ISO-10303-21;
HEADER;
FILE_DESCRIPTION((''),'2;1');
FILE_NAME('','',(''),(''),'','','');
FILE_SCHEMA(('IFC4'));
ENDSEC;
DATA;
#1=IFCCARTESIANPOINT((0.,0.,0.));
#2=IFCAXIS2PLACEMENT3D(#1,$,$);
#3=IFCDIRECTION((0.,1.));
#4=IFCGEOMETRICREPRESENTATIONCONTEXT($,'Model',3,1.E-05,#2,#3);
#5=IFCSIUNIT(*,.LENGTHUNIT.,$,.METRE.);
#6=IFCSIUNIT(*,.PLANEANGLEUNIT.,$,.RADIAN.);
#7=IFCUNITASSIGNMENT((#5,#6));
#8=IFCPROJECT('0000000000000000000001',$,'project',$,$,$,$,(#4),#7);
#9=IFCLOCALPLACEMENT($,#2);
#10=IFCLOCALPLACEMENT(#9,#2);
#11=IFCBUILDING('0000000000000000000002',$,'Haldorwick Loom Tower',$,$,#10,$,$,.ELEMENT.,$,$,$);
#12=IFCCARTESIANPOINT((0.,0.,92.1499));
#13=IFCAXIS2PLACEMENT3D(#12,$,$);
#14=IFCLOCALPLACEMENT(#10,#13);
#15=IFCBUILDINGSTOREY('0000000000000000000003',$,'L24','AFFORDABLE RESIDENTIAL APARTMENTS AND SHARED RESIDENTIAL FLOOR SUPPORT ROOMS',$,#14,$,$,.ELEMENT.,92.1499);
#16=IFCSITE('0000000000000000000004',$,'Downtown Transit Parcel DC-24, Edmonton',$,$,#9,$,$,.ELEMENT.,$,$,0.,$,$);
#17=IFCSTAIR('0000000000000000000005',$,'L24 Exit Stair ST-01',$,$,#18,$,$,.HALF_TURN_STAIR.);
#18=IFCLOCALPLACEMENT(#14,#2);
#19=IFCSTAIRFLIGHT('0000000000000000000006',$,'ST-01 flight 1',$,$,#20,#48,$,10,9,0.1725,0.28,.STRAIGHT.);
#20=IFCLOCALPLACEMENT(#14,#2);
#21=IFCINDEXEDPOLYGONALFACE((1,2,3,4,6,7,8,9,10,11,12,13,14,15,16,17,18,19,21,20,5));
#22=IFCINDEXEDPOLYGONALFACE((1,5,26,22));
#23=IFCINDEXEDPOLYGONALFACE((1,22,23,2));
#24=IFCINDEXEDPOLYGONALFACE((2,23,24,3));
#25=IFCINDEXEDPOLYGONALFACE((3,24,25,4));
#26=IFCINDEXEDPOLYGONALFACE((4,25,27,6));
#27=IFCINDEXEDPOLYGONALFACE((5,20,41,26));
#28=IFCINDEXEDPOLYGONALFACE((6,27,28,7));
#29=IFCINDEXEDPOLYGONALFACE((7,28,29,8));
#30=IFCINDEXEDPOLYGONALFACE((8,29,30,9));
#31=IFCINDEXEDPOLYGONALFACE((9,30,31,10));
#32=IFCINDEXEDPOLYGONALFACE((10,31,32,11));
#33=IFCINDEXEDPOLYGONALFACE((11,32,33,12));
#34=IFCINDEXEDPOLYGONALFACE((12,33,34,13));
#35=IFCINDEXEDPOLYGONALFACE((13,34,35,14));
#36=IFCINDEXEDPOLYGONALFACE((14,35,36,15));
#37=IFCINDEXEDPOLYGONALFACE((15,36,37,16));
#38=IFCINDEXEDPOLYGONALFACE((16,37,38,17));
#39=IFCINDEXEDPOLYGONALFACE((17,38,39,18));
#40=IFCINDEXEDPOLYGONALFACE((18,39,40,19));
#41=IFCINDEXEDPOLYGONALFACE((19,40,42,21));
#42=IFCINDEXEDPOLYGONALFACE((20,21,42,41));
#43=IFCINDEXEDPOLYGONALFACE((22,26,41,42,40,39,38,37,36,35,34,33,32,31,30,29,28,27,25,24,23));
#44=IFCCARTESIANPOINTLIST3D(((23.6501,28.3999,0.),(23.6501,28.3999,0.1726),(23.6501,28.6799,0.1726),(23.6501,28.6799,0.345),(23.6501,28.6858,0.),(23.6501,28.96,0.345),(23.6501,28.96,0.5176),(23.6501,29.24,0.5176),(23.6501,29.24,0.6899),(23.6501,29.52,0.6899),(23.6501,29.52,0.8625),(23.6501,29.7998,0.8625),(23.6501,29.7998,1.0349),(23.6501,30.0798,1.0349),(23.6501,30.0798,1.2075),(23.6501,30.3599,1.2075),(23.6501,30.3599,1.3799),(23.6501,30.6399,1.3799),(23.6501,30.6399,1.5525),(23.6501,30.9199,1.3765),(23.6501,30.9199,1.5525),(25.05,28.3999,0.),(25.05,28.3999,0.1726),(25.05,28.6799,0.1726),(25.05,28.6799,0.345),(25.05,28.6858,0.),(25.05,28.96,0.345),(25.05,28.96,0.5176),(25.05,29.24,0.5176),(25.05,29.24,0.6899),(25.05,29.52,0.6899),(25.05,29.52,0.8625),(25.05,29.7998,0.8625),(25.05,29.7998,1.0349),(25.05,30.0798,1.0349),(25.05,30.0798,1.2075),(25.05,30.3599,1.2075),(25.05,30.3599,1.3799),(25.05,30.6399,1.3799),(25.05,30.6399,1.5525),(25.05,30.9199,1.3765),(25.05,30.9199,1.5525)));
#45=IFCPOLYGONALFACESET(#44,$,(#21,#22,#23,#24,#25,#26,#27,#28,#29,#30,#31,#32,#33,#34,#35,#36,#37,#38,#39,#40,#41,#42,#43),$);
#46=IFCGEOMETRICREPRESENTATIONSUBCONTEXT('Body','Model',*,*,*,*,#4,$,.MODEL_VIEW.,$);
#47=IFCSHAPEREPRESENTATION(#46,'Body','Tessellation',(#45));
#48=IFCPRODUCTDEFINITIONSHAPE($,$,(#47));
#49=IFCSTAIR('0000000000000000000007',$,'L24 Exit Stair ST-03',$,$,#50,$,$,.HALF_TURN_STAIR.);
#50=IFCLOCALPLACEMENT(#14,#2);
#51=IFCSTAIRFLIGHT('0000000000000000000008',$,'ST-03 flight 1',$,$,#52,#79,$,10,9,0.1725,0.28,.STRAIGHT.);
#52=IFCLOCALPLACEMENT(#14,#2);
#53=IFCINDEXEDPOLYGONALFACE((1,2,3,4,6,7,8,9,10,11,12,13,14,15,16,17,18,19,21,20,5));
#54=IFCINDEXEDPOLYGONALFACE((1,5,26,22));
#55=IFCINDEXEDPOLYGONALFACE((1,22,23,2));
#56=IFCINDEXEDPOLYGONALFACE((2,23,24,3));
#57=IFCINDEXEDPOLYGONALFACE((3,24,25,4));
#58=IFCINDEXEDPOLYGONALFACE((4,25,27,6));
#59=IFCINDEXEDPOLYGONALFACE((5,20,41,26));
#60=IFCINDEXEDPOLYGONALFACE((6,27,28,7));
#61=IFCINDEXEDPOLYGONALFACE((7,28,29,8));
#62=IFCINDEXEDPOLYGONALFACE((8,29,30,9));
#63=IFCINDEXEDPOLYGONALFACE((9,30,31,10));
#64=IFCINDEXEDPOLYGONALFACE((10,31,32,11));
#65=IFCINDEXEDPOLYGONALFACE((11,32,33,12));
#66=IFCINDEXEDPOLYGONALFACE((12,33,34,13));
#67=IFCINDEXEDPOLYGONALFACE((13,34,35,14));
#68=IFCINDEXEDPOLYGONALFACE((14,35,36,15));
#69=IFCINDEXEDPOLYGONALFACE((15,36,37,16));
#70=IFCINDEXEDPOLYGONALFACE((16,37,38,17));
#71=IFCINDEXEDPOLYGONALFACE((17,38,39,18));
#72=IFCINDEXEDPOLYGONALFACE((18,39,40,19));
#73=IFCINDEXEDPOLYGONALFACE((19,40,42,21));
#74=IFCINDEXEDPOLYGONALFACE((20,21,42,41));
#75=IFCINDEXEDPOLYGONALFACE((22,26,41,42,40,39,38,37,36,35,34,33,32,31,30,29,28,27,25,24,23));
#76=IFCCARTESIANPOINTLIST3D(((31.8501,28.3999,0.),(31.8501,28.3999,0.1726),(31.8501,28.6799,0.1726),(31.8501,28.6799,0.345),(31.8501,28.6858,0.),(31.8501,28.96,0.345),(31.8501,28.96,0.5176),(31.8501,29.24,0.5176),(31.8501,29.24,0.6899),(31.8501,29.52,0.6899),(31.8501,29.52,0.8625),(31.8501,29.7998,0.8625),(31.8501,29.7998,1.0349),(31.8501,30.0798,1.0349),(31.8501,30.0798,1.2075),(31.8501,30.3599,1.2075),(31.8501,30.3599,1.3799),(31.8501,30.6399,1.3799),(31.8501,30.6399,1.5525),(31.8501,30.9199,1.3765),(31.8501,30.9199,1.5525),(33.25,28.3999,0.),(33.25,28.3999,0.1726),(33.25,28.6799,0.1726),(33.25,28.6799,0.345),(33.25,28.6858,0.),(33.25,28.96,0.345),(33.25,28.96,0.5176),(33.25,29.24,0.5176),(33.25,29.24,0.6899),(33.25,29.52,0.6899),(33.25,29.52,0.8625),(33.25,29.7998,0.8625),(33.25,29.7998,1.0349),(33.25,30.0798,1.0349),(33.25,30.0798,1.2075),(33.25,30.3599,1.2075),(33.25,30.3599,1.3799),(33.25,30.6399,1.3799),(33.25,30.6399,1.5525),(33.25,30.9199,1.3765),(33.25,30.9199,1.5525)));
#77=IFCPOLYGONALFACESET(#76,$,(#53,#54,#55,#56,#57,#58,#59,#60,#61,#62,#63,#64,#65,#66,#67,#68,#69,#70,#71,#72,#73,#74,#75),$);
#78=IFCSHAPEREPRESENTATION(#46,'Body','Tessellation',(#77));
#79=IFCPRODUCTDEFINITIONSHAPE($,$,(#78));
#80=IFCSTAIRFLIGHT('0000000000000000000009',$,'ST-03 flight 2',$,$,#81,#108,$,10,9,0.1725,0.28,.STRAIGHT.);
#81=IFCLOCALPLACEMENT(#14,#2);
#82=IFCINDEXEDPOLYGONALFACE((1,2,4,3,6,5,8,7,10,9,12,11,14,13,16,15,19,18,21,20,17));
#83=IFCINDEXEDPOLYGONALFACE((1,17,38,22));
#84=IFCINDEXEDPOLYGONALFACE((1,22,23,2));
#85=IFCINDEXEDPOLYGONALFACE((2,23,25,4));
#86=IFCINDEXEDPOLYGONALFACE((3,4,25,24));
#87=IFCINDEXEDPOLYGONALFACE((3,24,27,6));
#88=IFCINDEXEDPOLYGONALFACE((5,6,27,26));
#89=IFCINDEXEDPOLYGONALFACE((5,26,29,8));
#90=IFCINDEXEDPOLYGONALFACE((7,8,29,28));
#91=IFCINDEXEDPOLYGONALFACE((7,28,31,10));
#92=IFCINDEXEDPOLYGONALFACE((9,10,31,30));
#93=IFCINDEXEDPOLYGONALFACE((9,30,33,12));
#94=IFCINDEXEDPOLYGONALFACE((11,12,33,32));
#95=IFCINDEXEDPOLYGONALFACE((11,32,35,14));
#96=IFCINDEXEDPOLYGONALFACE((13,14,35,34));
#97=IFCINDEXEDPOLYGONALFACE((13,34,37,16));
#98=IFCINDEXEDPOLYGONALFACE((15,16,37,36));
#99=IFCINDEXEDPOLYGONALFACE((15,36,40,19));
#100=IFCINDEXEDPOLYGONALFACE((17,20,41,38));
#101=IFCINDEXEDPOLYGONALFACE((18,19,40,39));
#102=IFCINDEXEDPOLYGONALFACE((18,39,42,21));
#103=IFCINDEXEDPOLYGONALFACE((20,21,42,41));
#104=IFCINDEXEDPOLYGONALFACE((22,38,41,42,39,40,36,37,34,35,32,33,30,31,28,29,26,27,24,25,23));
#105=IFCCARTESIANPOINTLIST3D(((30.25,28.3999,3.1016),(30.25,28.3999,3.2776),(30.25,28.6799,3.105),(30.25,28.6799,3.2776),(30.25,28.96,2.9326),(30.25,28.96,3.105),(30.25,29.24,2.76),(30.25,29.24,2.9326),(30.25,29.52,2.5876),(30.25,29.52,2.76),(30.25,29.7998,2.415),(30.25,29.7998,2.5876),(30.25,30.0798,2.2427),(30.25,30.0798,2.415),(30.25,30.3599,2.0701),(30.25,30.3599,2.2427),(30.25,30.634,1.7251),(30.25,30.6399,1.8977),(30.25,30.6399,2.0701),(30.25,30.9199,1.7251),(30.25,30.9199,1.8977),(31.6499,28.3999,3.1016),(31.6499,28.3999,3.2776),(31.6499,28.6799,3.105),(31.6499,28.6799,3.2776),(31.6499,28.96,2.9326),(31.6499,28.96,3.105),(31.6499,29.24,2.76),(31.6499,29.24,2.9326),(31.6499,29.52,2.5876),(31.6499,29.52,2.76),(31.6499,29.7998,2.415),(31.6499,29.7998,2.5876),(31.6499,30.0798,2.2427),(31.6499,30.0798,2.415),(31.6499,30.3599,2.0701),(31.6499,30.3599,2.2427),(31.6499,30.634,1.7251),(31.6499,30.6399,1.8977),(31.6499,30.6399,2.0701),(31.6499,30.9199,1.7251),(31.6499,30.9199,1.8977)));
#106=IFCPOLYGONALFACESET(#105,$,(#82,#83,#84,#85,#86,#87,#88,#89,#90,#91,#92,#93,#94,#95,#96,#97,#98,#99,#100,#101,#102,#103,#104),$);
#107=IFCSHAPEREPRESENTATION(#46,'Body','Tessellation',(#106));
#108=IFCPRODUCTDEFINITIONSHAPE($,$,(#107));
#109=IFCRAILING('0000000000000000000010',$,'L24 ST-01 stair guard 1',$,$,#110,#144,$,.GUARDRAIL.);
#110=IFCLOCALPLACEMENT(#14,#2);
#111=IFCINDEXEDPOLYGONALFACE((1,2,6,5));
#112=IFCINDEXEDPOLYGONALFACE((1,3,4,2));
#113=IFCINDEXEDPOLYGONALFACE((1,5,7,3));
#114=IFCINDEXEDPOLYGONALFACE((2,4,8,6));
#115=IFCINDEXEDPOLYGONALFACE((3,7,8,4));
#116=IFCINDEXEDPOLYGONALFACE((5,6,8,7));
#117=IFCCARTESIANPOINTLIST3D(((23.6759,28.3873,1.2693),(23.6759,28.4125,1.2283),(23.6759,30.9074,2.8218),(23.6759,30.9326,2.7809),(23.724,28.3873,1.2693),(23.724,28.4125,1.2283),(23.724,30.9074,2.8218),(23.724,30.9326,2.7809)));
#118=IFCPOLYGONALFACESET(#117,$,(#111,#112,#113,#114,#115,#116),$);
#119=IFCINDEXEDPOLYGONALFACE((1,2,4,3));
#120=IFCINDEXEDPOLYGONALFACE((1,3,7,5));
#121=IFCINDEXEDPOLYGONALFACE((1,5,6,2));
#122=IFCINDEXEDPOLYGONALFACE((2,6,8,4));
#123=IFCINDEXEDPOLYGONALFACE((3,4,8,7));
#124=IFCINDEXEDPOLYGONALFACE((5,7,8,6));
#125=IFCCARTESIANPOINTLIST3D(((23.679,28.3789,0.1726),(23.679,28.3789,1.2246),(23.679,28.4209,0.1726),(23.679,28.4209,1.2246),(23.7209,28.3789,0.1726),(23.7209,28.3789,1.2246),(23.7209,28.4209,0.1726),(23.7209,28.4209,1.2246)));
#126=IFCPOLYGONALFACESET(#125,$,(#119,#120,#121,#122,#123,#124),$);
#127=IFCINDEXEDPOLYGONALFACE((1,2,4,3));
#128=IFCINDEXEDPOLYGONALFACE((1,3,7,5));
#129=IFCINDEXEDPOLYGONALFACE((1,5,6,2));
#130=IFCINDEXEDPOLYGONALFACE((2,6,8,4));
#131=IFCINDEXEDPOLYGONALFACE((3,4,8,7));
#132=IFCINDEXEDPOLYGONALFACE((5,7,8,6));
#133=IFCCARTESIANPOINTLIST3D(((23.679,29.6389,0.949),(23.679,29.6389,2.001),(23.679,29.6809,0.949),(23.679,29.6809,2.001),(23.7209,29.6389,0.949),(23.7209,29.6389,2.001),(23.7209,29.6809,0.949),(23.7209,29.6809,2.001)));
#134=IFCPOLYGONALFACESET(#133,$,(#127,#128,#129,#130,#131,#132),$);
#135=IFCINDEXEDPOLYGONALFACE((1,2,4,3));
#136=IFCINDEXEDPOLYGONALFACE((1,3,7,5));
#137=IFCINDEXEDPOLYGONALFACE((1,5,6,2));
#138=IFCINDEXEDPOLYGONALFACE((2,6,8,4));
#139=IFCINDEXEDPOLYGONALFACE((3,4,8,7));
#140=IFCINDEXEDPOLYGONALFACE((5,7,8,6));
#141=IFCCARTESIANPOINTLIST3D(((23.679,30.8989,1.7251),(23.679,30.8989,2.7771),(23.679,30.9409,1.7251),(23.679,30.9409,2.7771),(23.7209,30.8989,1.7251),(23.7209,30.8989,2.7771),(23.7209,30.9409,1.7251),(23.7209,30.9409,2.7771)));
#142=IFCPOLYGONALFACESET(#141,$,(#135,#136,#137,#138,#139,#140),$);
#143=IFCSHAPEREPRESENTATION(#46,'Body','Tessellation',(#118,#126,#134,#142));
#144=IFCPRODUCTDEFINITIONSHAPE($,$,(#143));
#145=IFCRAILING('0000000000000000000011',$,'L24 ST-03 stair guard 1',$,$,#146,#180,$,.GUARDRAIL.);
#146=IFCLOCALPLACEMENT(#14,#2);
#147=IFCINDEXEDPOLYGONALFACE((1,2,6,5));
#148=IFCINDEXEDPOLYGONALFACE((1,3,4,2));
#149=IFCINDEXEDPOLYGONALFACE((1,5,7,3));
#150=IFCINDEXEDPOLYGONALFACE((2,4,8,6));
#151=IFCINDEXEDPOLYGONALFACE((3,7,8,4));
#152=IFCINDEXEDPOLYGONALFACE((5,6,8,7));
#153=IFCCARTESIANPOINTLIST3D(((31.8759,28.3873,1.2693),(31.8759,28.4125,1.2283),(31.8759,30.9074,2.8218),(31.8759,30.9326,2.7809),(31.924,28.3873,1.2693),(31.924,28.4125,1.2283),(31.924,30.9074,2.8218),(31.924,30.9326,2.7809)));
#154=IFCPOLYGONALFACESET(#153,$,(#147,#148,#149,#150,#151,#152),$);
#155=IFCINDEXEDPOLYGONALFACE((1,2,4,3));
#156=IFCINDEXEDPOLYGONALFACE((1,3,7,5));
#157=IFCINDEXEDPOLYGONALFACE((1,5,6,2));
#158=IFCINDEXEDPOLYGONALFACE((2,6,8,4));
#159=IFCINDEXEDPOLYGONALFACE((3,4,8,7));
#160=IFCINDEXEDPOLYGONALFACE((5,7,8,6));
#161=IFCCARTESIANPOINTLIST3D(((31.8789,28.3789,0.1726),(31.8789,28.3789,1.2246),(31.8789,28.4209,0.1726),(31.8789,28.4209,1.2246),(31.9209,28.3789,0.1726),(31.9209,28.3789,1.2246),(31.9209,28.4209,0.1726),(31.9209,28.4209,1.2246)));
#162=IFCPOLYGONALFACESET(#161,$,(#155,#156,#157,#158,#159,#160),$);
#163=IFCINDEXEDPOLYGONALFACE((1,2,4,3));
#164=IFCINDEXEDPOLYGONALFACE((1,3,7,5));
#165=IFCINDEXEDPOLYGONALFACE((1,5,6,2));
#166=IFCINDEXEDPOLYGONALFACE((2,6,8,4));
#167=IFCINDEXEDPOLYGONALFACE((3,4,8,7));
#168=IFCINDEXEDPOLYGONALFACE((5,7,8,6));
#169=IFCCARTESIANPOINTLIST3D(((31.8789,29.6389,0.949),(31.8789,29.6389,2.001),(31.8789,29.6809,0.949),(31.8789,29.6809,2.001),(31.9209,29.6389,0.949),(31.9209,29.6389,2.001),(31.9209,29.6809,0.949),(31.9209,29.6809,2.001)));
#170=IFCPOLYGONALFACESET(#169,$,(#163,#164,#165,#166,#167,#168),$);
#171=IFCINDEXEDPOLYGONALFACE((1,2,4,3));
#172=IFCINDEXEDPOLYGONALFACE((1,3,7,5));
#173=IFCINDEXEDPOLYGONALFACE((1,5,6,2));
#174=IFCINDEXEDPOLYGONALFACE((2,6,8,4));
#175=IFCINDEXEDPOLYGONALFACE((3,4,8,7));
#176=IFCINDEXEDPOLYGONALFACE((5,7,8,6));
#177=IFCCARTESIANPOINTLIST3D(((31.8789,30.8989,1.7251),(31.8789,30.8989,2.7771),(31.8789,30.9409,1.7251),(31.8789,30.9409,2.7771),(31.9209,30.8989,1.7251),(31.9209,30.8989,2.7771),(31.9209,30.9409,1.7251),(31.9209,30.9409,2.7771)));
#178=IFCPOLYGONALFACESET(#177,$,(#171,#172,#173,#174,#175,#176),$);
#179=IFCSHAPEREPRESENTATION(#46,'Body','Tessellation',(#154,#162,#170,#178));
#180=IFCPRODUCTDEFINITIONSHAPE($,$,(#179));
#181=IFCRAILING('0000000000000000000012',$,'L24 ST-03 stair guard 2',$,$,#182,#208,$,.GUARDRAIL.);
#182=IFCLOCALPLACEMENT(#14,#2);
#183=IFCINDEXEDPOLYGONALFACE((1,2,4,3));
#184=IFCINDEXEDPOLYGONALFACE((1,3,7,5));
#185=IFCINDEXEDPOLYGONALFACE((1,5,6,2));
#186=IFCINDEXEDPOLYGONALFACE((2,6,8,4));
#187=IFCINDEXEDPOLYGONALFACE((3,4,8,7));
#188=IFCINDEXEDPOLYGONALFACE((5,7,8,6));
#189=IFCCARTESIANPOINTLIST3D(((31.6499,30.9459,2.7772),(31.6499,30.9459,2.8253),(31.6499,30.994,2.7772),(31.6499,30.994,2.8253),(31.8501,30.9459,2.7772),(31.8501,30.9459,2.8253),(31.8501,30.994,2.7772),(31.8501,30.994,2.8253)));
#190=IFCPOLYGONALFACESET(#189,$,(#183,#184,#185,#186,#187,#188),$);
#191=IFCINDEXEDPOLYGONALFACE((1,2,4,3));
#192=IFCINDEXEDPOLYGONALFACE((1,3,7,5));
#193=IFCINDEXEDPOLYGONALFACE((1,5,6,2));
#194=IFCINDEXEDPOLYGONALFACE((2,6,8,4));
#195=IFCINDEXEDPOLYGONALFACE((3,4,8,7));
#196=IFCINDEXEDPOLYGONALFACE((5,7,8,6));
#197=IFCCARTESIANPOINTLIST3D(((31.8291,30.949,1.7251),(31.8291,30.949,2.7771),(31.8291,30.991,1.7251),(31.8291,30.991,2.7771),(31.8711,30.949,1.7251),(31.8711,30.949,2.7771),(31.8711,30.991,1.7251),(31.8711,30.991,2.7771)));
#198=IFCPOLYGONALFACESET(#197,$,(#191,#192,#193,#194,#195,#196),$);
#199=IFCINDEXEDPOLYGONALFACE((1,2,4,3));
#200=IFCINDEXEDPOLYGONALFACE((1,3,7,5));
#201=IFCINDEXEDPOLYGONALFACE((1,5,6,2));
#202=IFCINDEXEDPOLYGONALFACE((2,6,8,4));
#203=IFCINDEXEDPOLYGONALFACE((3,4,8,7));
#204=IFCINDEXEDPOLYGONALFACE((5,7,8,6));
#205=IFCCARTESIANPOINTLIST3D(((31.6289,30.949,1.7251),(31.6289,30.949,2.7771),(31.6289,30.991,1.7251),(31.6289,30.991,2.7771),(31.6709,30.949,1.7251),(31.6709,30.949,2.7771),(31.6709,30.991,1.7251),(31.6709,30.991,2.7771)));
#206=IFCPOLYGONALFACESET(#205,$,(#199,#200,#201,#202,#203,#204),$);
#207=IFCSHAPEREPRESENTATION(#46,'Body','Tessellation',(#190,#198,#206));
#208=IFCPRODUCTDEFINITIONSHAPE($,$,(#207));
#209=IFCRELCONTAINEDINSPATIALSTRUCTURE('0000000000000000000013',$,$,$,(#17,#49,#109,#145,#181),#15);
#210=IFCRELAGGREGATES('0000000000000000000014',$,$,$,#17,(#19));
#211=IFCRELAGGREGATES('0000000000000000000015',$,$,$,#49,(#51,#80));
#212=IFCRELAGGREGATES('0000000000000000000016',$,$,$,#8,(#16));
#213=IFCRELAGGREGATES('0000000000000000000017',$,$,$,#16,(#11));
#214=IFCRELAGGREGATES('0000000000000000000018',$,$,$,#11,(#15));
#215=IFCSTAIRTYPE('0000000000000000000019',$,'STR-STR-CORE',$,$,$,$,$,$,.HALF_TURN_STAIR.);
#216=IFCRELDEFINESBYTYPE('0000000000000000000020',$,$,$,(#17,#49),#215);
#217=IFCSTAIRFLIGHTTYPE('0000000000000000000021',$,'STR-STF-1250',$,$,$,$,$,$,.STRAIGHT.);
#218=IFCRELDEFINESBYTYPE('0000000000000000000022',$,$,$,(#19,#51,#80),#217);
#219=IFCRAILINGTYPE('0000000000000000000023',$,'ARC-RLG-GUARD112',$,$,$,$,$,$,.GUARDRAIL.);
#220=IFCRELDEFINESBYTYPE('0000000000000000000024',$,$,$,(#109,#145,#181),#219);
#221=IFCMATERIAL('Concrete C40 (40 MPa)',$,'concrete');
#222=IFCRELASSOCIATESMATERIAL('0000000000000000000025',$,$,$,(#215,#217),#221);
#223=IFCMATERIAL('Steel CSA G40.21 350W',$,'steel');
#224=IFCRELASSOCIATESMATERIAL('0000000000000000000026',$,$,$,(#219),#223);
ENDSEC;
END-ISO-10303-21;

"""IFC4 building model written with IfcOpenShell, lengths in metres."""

from ifc_helpers import new_model, si_unit, direction, frame, origin, origin_2d, place, context, subcontext, project, spatial, polyline, rectangle, outline, extrude, material, type_object, element, aggregate, save


model = new_model("IFC4")

# Units and contexts
model_context = context("Model", 3, precision=1e-05, world=origin(), true_north=direction((0.0, 1.0)))
body_context = subcontext(model_context, "Body", "Model", "MODEL_VIEW")
ifc_project = project(units=[si_unit("LENGTHUNIT", "METRE"), si_unit("PLANEANGLEUNIT", "RADIAN")], contexts=[model_context])

# Site, building, storey
site_placement = place(None, origin())
site = spatial("IfcSite", under=ifc_project, at=site_placement, Name="Downtown Transit Parcel DC-24, Edmonton", CompositionType="ELEMENT", RefElevation=0.0)
building_placement = place(site_placement, origin())
building = spatial("IfcBuilding", under=site, at=building_placement, Name="Haldorwick Loom Tower", CompositionType="ELEMENT")
storey_placement = place(building_placement, frame((0.0, 0.0, 92.1499)))
storey = spatial("IfcBuildingStorey", under=building, at=storey_placement, Name="L24", Description="AFFORDABLE RESIDENTIAL APARTMENTS AND SHARED RESIDENTIAL FLOOR SUPPORT ROOMS", CompositionType="ELEMENT", Elevation=92.1499)

# Shared definitions
ifc_material_1 = material(Name="Steel CSA G40.21 350W", Category="steel")

# Stair, stair flight
ifc_material_2 = material(Name="Concrete C40 (40 MPa)", Category="concrete")
stair_type = type_object("IfcStairType", Name="STR-STR-CORE", PredefinedType="HALF_TURN_STAIR", material=ifc_material_2)
stair_1_placement = place(storey_placement, origin())
stair_1 = element("IfcStair", 1, at=stair_1_placement, inside=storey, type_object=stair_type, Name="L24 Exit Stair ST-01", PredefinedType="HALF_TURN_STAIR")
stair_flight_type = type_object("IfcStairFlightType", Name="STR-STF-1250", PredefinedType="STRAIGHT", material=ifc_material_2)
stair_flight_1_placement = place(storey_placement, frame((24.3501, 28.3999, 0.0), z_axis=(0.0, 0.0, 1.0), x_axis=(0.0, 1.0, 0.0)))
stair_flight_1 = element("IfcStairFlight", 2, at=stair_flight_1_placement, type_object=stair_flight_type, Name="ST-01 flight 1", NumberOfRisers=10, NumberOfTreads=9, PredefinedType="STRAIGHT", RiserHeight=0.1725, TreadLength=0.28, context=body_context, shape_type="SweptSolid", body=[
    extrude(outline(polyline([(0.0, 0.0), (0.0, 0.1726), (0.28, 0.1726), (0.28, 0.345), (0.5601, 0.345), (0.5601, 0.5176), (0.8401, 0.5176), (0.8401, 0.6899), (1.1201, 0.6899), (1.1201, 0.8625), (1.3999, 0.8625), (1.3999, 1.0349), (1.6799, 1.0349), (1.6799, 1.2075), (1.96, 1.2075), (1.96, 1.3799), (2.24, 1.3799), (2.24, 1.5525), (2.52, 1.5525), (2.52, 1.7251), (2.52, 1.3765), (0.2859, 0.0), (0.0, 0.0)])), frame((0.0, 0.7, 0.0), z_axis=(0.0, -1.0, 0.0), x_axis=(1.0, 0.0, 0.0)), (0.0, 0.0, 1.0), 1.3999),
])
aggregate(stair_1, [stair_flight_1])

# Stair, stair flights
stair_2_placement = place(storey_placement, origin())
stair_2 = element("IfcStair", 3, at=stair_2_placement, inside=storey, type_object=stair_type, Name="L24 Exit Stair ST-03", PredefinedType="HALF_TURN_STAIR")
stair_flight_2_placement = place(storey_placement, frame((32.55, 28.3999, 0.0), z_axis=(0.0, 0.0, 1.0), x_axis=(0.0, 1.0, 0.0)))
stair_flight_2 = element("IfcStairFlight", 4, at=stair_flight_2_placement, type_object=stair_flight_type, Name="ST-03 flight 1", NumberOfRisers=10, NumberOfTreads=9, PredefinedType="STRAIGHT", RiserHeight=0.1725, TreadLength=0.28, context=body_context, shape_type="SweptSolid", body=[
    extrude(outline(polyline([(0.0, 0.0), (0.0, 0.1726), (0.28, 0.1726), (0.28, 0.345), (0.5601, 0.345), (0.5601, 0.5176), (0.8401, 0.5176), (0.8401, 0.6899), (1.1201, 0.6899), (1.1201, 0.8625), (1.3999, 0.8625), (1.3999, 1.0349), (1.6799, 1.0349), (1.6799, 1.2075), (1.96, 1.2075), (1.96, 1.3799), (2.24, 1.3799), (2.24, 1.5525), (2.52, 1.5525), (2.52, 1.7251), (2.52, 1.3765), (0.2859, 0.0), (0.0, 0.0)])), frame((0.0, 0.7, 0.0), z_axis=(0.0, -1.0, 0.0), x_axis=(1.0, 0.0, 0.0)), (0.0, 0.0, 1.0), 1.3999),
])
stair_flight_3_placement = place(storey_placement, frame((30.95, 30.9199, 1.7251), z_axis=(0.0, 0.0, 1.0), x_axis=(0.0, -1.0, 0.0)))
stair_flight_3 = element("IfcStairFlight", 5, at=stair_flight_3_placement, type_object=stair_flight_type, Name="ST-03 flight 2", NumberOfRisers=10, NumberOfTreads=9, PredefinedType="STRAIGHT", RiserHeight=0.1725, TreadLength=0.28, context=body_context, shape_type="SweptSolid", body=[
    extrude(outline(polyline([(0.0, 0.0), (0.0, 0.1726), (0.28, 0.1726), (0.28, 0.345), (0.5601, 0.345), (0.5601, 0.5176), (0.8401, 0.5176), (0.8401, 0.6899), (1.1201, 0.6899), (1.1201, 0.8625), (1.3999, 0.8625), (1.3999, 1.0349), (1.6799, 1.0349), (1.6799, 1.2075), (1.96, 1.2075), (1.96, 1.3799), (2.24, 1.3799), (2.24, 1.5525), (2.52, 1.5525), (2.52, 1.7251), (2.52, 1.3765), (0.2859, 0.0), (0.0, 0.0)])), frame((0.0, 0.7, 0.0), z_axis=(0.0, -1.0, 0.0), x_axis=(1.0, 0.0, 0.0)), (0.0, 0.0, 1.0), 1.3999),
])
aggregate(stair_2, [stair_flight_2, stair_flight_3])

# Railings
railing_type_1 = type_object("IfcRailingType", Name="ARC-RLG-GUARD112", PredefinedType="GUARDRAIL", material=ifc_material_1)
for number, where, name in (
    (6, (23.7, 28.3999, 0.1726), "L24 ST-01 stair guard 1"),
    (7, (31.8999, 28.3999, 0.1726), "L24 ST-03 stair guard 1"),
):
    element("IfcRailing", number, at=place(storey_placement, frame(where)), inside=storey, type_object=railing_type_1, Name=name, PredefinedType="GUARDRAIL", context=body_context, shape_type="SweptSolid", body=[
        extrude(rectangle(XDim=0.0481, YDim=0.0481, at=origin_2d()), frame((0.0, 0.0, 1.0762), z_axis=(0.0, 0.8514, 0.524516), x_axis=(-1.0, 0.0, 0.0)), (0.0, 0.0, 1.0), 2.96),
        extrude(rectangle(XDim=0.042, YDim=0.042, at=origin_2d()), origin(), (0.0, 0.0, 1.0), 1.052),
        extrude(rectangle(XDim=0.042, YDim=0.042, at=origin_2d()), frame((0.0, 1.26, 0.7764)), (0.0, 0.0, 1.0), 1.052),
        extrude(rectangle(XDim=0.042, YDim=0.042, at=origin_2d()), frame((0.0, 2.52, 1.5525)), (0.0, 0.0, 1.0), 1.052),
    ])
railing_1_placement = place(storey_placement, frame((31.8501, 30.97, 1.7251)))
element("IfcRailing", 8, at=railing_1_placement, inside=storey, type_object=railing_type_1, Name="L24 ST-03 stair guard 2", PredefinedType="GUARDRAIL", context=body_context, shape_type="SweptSolid", body=[
    extrude(rectangle(XDim=0.0481, YDim=0.0481, at=origin_2d()), frame((0.0, 0.0, 1.0762), z_axis=(-1.0, 0.0, 0.0), x_axis=(0.0, -1.0, 0.0)), (0.0, 0.0, 1.0), 0.2002),
    extrude(rectangle(XDim=0.042, YDim=0.042, at=origin_2d()), origin(), (0.0, 0.0, 1.0), 1.052),
    extrude(rectangle(XDim=0.042, YDim=0.042, at=origin_2d()), frame((-0.2002, 0.0, 0.0)), (0.0, 0.0, 1.0), 1.052),
])

save(model, "model.ifc")
